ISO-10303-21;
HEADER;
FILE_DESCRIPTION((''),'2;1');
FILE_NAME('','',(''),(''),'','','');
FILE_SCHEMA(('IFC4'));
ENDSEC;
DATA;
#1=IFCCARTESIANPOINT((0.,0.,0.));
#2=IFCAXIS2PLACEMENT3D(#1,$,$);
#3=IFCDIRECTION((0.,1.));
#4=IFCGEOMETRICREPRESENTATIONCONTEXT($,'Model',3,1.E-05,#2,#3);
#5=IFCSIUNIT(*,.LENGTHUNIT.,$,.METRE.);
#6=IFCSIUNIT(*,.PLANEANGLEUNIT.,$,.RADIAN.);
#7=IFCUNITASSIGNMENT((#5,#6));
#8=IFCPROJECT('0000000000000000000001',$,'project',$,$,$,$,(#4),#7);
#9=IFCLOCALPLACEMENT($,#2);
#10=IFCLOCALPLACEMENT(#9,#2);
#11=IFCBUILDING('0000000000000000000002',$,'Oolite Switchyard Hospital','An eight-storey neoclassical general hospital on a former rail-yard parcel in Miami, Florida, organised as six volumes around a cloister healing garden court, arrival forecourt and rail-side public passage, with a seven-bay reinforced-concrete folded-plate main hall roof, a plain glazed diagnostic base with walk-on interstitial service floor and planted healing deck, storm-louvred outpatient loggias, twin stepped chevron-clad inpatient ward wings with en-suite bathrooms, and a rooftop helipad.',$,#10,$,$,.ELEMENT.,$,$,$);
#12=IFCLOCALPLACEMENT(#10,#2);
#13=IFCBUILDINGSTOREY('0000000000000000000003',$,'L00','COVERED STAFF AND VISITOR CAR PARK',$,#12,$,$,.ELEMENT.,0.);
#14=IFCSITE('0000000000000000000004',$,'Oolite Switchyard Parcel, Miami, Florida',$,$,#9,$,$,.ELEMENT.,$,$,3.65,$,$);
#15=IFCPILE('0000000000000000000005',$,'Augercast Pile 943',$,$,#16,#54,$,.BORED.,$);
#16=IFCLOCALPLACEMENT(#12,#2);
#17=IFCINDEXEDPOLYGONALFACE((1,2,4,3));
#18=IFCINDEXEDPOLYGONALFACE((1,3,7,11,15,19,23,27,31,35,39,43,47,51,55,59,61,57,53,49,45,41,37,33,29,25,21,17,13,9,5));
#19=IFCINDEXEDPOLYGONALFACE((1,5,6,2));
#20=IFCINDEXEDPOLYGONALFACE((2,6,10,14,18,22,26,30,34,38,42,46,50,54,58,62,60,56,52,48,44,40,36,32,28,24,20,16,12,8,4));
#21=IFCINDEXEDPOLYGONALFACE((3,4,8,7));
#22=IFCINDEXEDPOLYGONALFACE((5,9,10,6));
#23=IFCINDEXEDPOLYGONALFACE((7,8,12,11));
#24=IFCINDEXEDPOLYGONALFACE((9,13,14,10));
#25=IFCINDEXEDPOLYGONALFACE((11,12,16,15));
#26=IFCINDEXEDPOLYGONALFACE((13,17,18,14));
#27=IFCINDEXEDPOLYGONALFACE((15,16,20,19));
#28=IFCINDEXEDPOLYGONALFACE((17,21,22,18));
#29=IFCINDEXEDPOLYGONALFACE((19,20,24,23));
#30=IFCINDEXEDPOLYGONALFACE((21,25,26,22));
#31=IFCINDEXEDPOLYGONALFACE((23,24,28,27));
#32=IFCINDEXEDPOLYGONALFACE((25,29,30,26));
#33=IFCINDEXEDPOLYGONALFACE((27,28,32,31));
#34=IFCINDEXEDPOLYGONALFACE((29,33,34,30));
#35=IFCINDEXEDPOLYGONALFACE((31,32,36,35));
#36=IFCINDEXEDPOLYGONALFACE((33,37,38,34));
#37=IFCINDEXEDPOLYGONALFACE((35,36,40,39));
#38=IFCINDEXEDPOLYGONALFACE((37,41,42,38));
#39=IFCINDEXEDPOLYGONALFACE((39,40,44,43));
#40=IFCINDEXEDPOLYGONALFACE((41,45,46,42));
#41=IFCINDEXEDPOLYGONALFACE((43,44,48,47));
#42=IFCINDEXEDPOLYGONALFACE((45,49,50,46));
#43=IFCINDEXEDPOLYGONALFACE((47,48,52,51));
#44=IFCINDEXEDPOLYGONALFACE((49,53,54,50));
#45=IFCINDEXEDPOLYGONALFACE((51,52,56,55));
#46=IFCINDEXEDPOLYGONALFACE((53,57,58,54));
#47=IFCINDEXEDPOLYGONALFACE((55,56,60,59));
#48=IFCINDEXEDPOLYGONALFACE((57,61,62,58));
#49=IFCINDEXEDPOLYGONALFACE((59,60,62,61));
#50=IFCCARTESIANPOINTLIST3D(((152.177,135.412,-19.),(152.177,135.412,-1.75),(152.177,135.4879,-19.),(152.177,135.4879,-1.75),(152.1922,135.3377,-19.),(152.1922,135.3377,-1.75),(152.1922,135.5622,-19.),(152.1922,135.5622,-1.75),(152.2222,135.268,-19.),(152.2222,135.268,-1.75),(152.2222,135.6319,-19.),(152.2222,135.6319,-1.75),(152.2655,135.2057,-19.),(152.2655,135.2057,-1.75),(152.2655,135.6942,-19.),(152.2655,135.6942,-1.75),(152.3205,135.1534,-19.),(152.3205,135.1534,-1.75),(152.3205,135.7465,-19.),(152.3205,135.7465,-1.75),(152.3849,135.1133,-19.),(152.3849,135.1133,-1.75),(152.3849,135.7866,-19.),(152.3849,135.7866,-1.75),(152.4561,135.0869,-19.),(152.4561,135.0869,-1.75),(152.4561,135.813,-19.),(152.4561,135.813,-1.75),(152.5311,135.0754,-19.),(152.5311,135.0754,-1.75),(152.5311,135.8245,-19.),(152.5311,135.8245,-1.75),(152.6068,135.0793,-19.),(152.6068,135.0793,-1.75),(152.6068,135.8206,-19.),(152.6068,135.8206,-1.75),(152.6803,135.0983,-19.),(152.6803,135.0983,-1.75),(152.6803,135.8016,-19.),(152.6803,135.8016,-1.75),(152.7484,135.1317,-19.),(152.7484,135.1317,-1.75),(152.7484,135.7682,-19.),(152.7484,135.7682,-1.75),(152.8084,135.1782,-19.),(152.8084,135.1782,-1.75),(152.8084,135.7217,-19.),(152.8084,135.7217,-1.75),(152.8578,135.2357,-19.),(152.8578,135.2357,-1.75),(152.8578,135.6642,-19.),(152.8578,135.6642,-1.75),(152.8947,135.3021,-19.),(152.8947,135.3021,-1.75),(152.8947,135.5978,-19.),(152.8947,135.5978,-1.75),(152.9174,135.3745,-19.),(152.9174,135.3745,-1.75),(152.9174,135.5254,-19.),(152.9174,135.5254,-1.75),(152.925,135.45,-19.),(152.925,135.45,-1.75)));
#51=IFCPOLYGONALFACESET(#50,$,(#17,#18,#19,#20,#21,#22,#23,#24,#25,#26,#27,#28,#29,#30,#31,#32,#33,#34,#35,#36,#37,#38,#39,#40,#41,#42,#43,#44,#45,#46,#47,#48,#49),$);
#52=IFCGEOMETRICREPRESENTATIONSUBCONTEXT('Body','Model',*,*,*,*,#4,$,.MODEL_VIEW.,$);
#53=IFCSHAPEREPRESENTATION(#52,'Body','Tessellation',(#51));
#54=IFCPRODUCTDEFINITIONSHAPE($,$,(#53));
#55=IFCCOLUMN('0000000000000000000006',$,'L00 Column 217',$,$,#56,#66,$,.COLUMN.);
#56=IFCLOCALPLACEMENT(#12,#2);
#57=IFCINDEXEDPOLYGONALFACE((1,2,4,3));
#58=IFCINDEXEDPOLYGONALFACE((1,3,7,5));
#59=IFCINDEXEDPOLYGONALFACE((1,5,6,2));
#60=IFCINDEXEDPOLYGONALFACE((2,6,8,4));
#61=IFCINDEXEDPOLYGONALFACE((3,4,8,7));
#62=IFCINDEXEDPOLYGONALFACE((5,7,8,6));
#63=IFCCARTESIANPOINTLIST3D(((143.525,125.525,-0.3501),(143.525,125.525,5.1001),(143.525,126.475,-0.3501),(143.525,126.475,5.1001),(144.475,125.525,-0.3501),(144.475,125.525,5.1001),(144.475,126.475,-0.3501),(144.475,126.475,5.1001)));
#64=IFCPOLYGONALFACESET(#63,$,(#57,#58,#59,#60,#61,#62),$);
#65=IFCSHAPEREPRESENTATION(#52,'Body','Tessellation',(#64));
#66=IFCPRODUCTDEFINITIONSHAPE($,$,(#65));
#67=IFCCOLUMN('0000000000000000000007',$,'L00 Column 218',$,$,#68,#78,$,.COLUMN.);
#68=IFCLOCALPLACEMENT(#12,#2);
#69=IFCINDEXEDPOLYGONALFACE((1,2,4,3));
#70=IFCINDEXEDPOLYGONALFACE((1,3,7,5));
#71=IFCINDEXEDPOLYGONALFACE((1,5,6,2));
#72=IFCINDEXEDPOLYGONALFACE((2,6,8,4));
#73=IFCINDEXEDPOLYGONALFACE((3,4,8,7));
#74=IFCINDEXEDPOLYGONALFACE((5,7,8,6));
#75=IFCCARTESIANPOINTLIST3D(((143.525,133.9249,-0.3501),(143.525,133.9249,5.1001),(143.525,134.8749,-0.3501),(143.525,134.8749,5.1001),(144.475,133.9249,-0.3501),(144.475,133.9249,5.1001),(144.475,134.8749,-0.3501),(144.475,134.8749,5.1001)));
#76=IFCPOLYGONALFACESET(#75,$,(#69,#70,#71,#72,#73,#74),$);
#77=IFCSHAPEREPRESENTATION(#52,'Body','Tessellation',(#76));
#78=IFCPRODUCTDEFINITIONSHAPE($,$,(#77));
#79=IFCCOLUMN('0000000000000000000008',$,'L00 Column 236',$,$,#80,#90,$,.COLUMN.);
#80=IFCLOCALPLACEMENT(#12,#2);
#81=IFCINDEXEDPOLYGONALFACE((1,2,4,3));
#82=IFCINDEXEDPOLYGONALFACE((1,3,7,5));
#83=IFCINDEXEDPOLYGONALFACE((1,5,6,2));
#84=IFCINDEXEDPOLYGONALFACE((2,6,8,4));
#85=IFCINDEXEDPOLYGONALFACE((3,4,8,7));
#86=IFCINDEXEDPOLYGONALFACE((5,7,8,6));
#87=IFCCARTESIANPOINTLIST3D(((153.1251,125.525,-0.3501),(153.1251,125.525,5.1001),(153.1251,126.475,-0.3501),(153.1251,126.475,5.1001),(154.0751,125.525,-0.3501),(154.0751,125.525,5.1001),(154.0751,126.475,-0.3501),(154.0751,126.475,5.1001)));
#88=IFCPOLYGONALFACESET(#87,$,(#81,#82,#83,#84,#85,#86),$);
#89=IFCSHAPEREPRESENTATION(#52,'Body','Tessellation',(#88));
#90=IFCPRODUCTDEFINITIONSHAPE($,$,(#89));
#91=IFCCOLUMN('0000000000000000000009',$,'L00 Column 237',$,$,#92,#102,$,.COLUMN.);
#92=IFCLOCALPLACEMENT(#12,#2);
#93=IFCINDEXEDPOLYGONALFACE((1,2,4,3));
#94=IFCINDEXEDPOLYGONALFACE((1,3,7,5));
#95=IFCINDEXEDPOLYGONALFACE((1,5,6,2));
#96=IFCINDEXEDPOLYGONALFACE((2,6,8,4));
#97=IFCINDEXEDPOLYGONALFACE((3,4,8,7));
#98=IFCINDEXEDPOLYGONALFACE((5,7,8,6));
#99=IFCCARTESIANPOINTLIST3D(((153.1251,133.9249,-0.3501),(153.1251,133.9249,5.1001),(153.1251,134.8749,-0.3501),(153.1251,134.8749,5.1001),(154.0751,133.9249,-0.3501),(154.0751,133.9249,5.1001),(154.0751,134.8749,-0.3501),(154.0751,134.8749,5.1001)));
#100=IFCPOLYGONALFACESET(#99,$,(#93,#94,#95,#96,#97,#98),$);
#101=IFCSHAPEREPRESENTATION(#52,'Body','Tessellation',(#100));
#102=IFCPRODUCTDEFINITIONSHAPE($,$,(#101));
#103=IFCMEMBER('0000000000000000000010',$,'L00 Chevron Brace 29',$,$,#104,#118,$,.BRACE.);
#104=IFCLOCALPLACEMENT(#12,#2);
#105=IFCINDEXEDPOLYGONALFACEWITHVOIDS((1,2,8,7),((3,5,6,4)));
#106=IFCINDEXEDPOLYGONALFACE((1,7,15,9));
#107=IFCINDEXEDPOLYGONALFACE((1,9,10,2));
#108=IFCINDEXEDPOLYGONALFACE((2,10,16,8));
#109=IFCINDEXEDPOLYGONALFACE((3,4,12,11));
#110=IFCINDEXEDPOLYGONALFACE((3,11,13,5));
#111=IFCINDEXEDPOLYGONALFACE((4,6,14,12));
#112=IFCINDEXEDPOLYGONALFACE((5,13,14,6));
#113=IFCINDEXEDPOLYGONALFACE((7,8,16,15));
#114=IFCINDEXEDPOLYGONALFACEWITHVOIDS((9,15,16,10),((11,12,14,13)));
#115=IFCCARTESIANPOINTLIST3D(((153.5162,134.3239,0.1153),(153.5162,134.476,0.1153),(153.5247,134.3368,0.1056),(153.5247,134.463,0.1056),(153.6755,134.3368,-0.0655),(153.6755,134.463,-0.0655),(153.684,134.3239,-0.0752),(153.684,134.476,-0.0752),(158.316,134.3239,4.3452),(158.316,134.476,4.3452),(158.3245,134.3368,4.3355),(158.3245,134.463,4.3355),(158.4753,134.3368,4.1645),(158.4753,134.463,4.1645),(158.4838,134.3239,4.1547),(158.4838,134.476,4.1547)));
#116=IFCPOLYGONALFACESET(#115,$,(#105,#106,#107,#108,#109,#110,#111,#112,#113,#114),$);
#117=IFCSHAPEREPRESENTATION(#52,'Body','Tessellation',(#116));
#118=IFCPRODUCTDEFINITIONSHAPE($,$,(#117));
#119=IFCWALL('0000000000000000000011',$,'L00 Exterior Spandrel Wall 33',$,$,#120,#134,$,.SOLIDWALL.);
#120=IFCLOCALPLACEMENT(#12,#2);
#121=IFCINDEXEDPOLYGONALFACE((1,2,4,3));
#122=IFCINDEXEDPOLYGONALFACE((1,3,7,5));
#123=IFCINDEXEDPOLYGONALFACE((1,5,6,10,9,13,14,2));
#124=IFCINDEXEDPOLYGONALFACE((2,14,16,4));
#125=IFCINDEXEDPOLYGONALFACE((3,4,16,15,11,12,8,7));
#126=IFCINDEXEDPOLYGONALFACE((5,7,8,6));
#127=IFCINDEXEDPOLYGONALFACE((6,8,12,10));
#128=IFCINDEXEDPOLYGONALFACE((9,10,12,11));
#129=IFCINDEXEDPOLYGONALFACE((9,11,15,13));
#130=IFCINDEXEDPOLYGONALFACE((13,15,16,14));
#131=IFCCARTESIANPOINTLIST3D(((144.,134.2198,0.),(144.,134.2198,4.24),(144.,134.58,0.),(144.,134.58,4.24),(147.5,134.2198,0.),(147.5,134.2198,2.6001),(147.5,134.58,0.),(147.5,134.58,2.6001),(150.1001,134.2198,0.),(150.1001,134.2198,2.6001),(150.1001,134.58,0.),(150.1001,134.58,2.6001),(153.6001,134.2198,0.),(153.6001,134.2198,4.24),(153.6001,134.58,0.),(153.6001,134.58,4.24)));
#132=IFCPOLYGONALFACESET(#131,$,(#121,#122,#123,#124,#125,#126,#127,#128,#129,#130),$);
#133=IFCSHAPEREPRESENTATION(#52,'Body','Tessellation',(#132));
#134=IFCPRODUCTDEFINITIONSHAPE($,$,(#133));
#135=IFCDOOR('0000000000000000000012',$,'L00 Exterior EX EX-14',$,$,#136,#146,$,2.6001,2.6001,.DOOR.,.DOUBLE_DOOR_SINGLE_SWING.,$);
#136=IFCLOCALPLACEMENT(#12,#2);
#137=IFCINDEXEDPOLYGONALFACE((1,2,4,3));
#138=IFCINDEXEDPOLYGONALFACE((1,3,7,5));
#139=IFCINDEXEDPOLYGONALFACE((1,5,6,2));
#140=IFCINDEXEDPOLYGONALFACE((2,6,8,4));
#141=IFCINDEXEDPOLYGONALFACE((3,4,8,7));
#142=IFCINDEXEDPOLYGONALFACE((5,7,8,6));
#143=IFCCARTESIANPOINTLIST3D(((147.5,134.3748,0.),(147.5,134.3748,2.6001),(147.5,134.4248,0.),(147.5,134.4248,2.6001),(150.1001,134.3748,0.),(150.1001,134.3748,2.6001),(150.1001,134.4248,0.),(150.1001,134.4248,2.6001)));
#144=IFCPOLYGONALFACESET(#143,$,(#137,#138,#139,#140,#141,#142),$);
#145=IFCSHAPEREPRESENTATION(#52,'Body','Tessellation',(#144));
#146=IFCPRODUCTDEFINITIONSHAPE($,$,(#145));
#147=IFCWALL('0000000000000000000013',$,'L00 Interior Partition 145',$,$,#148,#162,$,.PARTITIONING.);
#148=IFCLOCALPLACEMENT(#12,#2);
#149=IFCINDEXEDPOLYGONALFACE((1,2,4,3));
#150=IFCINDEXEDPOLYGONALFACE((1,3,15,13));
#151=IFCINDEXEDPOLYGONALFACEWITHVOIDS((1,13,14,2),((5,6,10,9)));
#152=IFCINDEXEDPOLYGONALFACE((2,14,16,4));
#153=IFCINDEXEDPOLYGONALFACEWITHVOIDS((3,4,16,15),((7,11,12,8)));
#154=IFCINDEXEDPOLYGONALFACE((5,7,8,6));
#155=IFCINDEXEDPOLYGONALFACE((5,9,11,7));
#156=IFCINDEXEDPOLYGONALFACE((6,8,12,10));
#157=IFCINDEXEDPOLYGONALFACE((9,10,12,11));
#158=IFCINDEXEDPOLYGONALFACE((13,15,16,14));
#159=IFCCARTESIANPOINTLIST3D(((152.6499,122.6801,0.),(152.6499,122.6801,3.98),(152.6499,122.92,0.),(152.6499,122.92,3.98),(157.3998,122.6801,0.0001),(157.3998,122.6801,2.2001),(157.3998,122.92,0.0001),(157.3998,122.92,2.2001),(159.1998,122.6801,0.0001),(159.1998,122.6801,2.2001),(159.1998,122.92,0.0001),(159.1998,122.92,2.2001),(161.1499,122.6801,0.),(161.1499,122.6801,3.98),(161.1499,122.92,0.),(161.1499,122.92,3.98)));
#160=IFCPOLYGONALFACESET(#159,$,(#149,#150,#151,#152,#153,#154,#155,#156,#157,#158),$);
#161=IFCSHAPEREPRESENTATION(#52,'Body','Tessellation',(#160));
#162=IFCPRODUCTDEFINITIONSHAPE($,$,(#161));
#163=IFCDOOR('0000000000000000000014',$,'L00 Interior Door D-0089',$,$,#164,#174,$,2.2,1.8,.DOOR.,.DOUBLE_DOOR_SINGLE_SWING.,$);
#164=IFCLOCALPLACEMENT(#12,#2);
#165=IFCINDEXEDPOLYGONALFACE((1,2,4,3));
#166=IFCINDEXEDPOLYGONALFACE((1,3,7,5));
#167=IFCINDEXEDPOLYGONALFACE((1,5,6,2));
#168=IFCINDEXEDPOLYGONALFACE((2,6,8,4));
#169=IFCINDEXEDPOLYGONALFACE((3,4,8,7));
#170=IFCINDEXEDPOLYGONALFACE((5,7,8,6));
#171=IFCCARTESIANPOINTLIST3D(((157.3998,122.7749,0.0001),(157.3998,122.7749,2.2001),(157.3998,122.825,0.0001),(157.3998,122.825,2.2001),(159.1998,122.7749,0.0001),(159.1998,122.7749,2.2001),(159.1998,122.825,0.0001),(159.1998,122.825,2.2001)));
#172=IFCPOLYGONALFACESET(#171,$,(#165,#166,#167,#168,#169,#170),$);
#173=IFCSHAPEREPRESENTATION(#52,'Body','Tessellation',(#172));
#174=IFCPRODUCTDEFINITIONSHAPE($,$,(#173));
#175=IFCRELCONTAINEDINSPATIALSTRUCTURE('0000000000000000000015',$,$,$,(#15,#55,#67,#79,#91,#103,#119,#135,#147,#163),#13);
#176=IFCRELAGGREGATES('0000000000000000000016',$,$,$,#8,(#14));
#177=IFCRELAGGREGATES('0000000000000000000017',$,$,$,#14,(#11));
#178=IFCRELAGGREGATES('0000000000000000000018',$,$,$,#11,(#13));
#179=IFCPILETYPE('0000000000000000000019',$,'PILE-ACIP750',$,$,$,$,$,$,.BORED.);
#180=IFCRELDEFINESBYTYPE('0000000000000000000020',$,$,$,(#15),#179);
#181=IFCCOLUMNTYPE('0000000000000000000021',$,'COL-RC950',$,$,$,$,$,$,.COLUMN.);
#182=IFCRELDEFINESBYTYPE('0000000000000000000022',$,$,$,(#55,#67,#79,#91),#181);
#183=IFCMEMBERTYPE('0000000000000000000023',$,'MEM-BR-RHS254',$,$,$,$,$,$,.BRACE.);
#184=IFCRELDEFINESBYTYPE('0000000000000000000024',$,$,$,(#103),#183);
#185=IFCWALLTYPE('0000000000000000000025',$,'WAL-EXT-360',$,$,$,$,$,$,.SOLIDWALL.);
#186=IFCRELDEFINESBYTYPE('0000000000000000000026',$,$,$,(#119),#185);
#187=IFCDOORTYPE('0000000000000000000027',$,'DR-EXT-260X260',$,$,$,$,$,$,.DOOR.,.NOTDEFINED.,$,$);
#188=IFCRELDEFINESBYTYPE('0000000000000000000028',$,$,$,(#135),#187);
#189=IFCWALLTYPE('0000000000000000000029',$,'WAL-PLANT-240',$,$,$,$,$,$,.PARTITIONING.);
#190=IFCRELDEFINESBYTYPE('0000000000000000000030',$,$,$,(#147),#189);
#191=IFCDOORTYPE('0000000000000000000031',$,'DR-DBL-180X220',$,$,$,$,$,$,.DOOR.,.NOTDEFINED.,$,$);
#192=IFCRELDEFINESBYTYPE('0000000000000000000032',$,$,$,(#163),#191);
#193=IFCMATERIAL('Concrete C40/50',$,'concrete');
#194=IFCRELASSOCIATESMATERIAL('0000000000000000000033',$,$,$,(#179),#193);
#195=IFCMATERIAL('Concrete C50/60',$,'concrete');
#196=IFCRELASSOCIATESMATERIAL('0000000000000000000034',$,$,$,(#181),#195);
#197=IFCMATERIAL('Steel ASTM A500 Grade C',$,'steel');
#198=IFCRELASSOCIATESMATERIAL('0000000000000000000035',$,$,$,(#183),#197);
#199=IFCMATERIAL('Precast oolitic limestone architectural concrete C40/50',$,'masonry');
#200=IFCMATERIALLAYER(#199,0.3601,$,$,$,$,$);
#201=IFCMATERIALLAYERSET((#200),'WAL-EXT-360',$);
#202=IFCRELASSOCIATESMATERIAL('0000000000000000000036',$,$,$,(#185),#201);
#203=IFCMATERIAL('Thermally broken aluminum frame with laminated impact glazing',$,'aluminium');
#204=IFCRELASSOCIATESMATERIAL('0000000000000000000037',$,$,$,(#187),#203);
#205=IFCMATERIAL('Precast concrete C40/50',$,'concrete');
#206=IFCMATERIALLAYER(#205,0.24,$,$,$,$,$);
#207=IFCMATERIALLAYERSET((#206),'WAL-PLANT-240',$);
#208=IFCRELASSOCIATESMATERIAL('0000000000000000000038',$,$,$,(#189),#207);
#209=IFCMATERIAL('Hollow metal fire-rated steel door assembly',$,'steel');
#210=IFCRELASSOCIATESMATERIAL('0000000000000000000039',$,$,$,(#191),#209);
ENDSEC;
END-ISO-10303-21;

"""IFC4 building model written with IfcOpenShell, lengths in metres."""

from ifc_helpers import new_model, si_unit, direction, frame, frame_2d, origin, origin_2d, place, context, subcontext, project, spatial, rectangle, hollow_rectangle, circle, extrude, material, layer, layer_set, material_profile, profile_set, type_object, element, fill, save


model = new_model("IFC4")

# Units and contexts
model_context = context("Model", 3, precision=1e-05, world=origin(), true_north=direction((0.0, 1.0)))
body_context = subcontext(model_context, "Body", "Model", "MODEL_VIEW")
ifc_project = project(units=[si_unit("LENGTHUNIT", "METRE"), si_unit("PLANEANGLEUNIT", "RADIAN")], contexts=[model_context])

# Site, building, storey
site_placement = place(None, origin())
site = spatial("IfcSite", under=ifc_project, at=site_placement, Name="Oolite Switchyard Parcel, Miami, Florida", CompositionType="ELEMENT", RefElevation=3.65)
building_placement = place(site_placement, origin())
building = spatial("IfcBuilding", under=site, at=building_placement, Name="Oolite Switchyard Hospital", Description="An eight-storey neoclassical general hospital on a former rail-yard parcel in Miami, Florida, organised as six volumes around a cloister healing garden court, arrival forecourt and rail-side public passage, with a seven-bay reinforced-concrete folded-plate main hall roof, a plain glazed diagnostic base with walk-on interstitial service floor and planted healing deck, storm-louvred outpatient loggias, twin stepped chevron-clad inpatient ward wings with en-suite bathrooms, and a rooftop helipad.", CompositionType="ELEMENT")
storey_placement = place(building_placement, origin())
storey = spatial("IfcBuildingStorey", under=building, at=storey_placement, Name="L00", Description="COVERED STAFF AND VISITOR CAR PARK", CompositionType="ELEMENT", Elevation=0.0)

# Shared definitions
ifc_material_1 = material(Name="Concrete C40/50", Category="concrete")

# Pile
ifc_material_profile_1 = material_profile(ifc_material_1, circle(Radius=0.375, at=origin_2d()), Name="PILE750")
ifc_profile_set_1 = profile_set([ifc_material_profile_1], Name="Concrete C40/50")
pile_type = type_object("IfcPileType", Name="PILE-ACIP750", PredefinedType="BORED", material=ifc_profile_set_1)
for number, where, z_axis, x_axis, name in (
    (1, (152.55, 135.45, -1.75), (0.0, 0.0, -1.0), (1.0, 0.0, 0.0), "Augercast Pile 943"),
):
    element("IfcPile", number, at=place(storey_placement, frame(where, z_axis=z_axis, x_axis=x_axis)), inside=storey, type_object=pile_type, Name=name, PredefinedType="BORED", context=body_context, shape_type="SweptSolid", body=[
        extrude(circle(Radius=0.375, at=origin_2d()), origin(), (0.0, 0.0, 1.0), 17.25),
    ])

# Columns
ifc_material_2 = material(Name="Concrete C50/60", Category="concrete")
ifc_material_profile_2 = material_profile(ifc_material_2, rectangle(XDim=0.95, YDim=0.95, at=origin_2d()), Name="RC950X950")
ifc_profile_set_2 = profile_set([ifc_material_profile_2], Name="Concrete C50/60")
column_type = type_object("IfcColumnType", Name="COL-RC950", PredefinedType="COLUMN", material=ifc_profile_set_2)
for number, where, z_axis, x_axis, name in (
    (2, (144.0, 126.0, -0.3501), (0.0, 0.0, 1.0), (1.0, 0.0, 0.0), "L00 Column 217"),
    (3, (144.0, 134.3999, -0.3501), (0.0, 0.0, 1.0), (1.0, 0.0, 0.0), "L00 Column 218"),
    (4, (153.6001, 126.0, -0.3501), (0.0, 0.0, 1.0), (1.0, 0.0, 0.0), "L00 Column 236"),
    (5, (153.6001, 134.3999, -0.3501), (0.0, 0.0, 1.0), (1.0, 0.0, 0.0), "L00 Column 237"),
):
    element("IfcColumn", number, at=place(storey_placement, frame(where, z_axis=z_axis, x_axis=x_axis)), inside=storey, type_object=column_type, Name=name, PredefinedType="COLUMN", context=body_context, shape_type="SweptSolid", body=[
        extrude(rectangle(XDim=0.95, YDim=0.95, at=origin_2d()), origin(), (0.0, 0.0, 1.0), 5.4502),
    ])

# Member
ifc_material_3 = material(Name="Steel ASTM A500 Grade C", Category="steel")
ifc_material_profile_3 = material_profile(ifc_material_3, hollow_rectangle(XDim=0.1521, YDim=0.2539, WallThickness=0.0129, at=origin_2d()), Name="HSS254X152X13")
ifc_profile_set_3 = profile_set([ifc_material_profile_3], Name="Steel ASTM A500 Grade C")
member_type = type_object("IfcMemberType", Name="MEM-BR-RHS254", PredefinedType="BRACE", material=ifc_profile_set_3)
member_placement = place(storey_placement, frame((153.6001, 134.3999, 0.02), z_axis=(0.750236, 0.0, 0.66117), x_axis=(0.0, 1.0, 0.0)))
element("IfcMember", 6, at=member_placement, inside=storey, type_object=member_type, Name="L00 Chevron Brace 29", PredefinedType="BRACE", context=body_context, shape_type="SweptSolid", body=[
    extrude(hollow_rectangle(XDim=0.1521, YDim=0.2539, WallThickness=0.0129, at=origin_2d()), origin(), (0.0, 0.0, 1.0), 6.3977),
])

# Walls, openings, doors
ifc_material_4 = material(Name="Precast oolitic limestone architectural concrete C40/50", Category="masonry")
ifc_layer_1 = layer(ifc_material_4, 0.3601)
ifc_layer_set_1 = layer_set([ifc_layer_1], Name="WAL-EXT-360")
wall_type_1 = type_object("IfcWallType", Name="WAL-EXT-360", PredefinedType="SOLIDWALL", material=ifc_layer_set_1)
wall_1_placement = place(storey_placement, frame((144.0, 134.3999, 0.0), z_axis=(0.0, 0.0, 1.0), x_axis=(1.0, 0.0, 0.0)))
wall_1 = element("IfcWall", 7, at=wall_1_placement, inside=storey, type_object=wall_type_1, Name="L00 Exterior Spandrel Wall 33", PredefinedType="SOLIDWALL", context=body_context, shape_type="SweptSolid", body=[
    extrude(rectangle(XDim=9.6001, YDim=0.3601, at=frame_2d((4.8, 0.0))), origin(), (0.0, 0.0, 1.0), 4.24),
])
opening_1_placement = place(wall_1_placement, frame((3.5, 0.0, 0.0)))
opening_1 = element("IfcOpeningElement", 8, at=opening_1_placement, cuts=wall_1, PredefinedType="OPENING", context=body_context, shape_type="SweptSolid", body=[
    extrude(rectangle(XDim=2.6001, YDim=2.6001, at=frame_2d((1.3, 1.3))), frame((0.0, 0.1899, 0.0), z_axis=(0.0, -1.0, 0.0), x_axis=(1.0, 0.0, 0.0)), (0.0, 0.0, 1.0), 0.3801),
])
ifc_material_5 = material(Name="Thermally broken aluminum frame with laminated impact glazing", Category="aluminium")
door_type_1 = type_object("IfcDoorType", Name="DR-EXT-260X260", OperationType="NOTDEFINED", PredefinedType="DOOR", material=ifc_material_5)
door_1_placement = place(opening_1_placement, origin())
door_1 = element("IfcDoor", 9, at=door_1_placement, inside=storey, type_object=door_type_1, Name="L00 Exterior EX EX-14", OperationType="DOUBLE_DOOR_SINGLE_SWING", OverallHeight=2.6001, OverallWidth=2.6001, PredefinedType="DOOR", context=body_context, shape_type="SweptSolid", body=[
    extrude(rectangle(XDim=2.6001, YDim=2.6001, at=frame_2d((1.3, 1.3))), frame((0.0, 0.0249, 0.0), z_axis=(0.0, -1.0, 0.0), x_axis=(1.0, 0.0, 0.0)), (0.0, 0.0, 1.0), 0.05),
])
fill(opening_1, door_1)
ifc_material_6 = material(Name="Precast concrete C40/50", Category="concrete")
ifc_layer_2 = layer(ifc_material_6, 0.24)
ifc_layer_set_2 = layer_set([ifc_layer_2], Name="WAL-PLANT-240")
wall_type_2 = type_object("IfcWallType", Name="WAL-PLANT-240", PredefinedType="PARTITIONING", material=ifc_layer_set_2)
wall_2_placement = place(storey_placement, frame((152.6499, 122.8, 0.0), z_axis=(0.0, 0.0, 1.0), x_axis=(1.0, 0.0, 0.0)))
wall_2 = element("IfcWall", 10, at=wall_2_placement, inside=storey, type_object=wall_type_2, Name="L00 Interior Partition 145", PredefinedType="PARTITIONING", context=body_context, shape_type="SweptSolid", body=[
    extrude(rectangle(XDim=8.5, YDim=0.24, at=frame_2d((4.25, 0.0))), origin(), (0.0, 0.0, 1.0), 3.98),
])
opening_2_placement = place(wall_2_placement, frame((4.75, 0.0, 0.0)))
opening_2 = element("IfcOpeningElement", 11, at=opening_2_placement, cuts=wall_2, PredefinedType="OPENING", context=body_context, shape_type="SweptSolid", body=[
    extrude(rectangle(XDim=1.8, YDim=2.2, at=frame_2d((0.8999, 1.1001))), frame((0.0, 0.1299, 0.0), z_axis=(0.0, -1.0, 0.0), x_axis=(1.0, 0.0, 0.0)), (0.0, 0.0, 1.0), 0.26),
])
ifc_material_7 = material(Name="Hollow metal fire-rated steel door assembly", Category="steel")
door_type_2 = type_object("IfcDoorType", Name="DR-DBL-180X220", OperationType="NOTDEFINED", PredefinedType="DOOR", material=ifc_material_7)
door_2_placement = place(opening_2_placement, origin())
door_2 = element("IfcDoor", 12, at=door_2_placement, inside=storey, type_object=door_type_2, Name="L00 Interior Door D-0089", OperationType="DOUBLE_DOOR_SINGLE_SWING", OverallHeight=2.2, OverallWidth=1.8, PredefinedType="DOOR", context=body_context, shape_type="SweptSolid", body=[
    extrude(rectangle(XDim=1.8, YDim=2.2, at=frame_2d((0.8999, 1.1001))), frame((0.0, 0.0249, 0.0), z_axis=(0.0, -1.0, 0.0), x_axis=(1.0, 0.0, 0.0)), (0.0, 0.0, 1.0), 0.05),
])
fill(opening_2, door_2)

save(model, "model.ifc")
